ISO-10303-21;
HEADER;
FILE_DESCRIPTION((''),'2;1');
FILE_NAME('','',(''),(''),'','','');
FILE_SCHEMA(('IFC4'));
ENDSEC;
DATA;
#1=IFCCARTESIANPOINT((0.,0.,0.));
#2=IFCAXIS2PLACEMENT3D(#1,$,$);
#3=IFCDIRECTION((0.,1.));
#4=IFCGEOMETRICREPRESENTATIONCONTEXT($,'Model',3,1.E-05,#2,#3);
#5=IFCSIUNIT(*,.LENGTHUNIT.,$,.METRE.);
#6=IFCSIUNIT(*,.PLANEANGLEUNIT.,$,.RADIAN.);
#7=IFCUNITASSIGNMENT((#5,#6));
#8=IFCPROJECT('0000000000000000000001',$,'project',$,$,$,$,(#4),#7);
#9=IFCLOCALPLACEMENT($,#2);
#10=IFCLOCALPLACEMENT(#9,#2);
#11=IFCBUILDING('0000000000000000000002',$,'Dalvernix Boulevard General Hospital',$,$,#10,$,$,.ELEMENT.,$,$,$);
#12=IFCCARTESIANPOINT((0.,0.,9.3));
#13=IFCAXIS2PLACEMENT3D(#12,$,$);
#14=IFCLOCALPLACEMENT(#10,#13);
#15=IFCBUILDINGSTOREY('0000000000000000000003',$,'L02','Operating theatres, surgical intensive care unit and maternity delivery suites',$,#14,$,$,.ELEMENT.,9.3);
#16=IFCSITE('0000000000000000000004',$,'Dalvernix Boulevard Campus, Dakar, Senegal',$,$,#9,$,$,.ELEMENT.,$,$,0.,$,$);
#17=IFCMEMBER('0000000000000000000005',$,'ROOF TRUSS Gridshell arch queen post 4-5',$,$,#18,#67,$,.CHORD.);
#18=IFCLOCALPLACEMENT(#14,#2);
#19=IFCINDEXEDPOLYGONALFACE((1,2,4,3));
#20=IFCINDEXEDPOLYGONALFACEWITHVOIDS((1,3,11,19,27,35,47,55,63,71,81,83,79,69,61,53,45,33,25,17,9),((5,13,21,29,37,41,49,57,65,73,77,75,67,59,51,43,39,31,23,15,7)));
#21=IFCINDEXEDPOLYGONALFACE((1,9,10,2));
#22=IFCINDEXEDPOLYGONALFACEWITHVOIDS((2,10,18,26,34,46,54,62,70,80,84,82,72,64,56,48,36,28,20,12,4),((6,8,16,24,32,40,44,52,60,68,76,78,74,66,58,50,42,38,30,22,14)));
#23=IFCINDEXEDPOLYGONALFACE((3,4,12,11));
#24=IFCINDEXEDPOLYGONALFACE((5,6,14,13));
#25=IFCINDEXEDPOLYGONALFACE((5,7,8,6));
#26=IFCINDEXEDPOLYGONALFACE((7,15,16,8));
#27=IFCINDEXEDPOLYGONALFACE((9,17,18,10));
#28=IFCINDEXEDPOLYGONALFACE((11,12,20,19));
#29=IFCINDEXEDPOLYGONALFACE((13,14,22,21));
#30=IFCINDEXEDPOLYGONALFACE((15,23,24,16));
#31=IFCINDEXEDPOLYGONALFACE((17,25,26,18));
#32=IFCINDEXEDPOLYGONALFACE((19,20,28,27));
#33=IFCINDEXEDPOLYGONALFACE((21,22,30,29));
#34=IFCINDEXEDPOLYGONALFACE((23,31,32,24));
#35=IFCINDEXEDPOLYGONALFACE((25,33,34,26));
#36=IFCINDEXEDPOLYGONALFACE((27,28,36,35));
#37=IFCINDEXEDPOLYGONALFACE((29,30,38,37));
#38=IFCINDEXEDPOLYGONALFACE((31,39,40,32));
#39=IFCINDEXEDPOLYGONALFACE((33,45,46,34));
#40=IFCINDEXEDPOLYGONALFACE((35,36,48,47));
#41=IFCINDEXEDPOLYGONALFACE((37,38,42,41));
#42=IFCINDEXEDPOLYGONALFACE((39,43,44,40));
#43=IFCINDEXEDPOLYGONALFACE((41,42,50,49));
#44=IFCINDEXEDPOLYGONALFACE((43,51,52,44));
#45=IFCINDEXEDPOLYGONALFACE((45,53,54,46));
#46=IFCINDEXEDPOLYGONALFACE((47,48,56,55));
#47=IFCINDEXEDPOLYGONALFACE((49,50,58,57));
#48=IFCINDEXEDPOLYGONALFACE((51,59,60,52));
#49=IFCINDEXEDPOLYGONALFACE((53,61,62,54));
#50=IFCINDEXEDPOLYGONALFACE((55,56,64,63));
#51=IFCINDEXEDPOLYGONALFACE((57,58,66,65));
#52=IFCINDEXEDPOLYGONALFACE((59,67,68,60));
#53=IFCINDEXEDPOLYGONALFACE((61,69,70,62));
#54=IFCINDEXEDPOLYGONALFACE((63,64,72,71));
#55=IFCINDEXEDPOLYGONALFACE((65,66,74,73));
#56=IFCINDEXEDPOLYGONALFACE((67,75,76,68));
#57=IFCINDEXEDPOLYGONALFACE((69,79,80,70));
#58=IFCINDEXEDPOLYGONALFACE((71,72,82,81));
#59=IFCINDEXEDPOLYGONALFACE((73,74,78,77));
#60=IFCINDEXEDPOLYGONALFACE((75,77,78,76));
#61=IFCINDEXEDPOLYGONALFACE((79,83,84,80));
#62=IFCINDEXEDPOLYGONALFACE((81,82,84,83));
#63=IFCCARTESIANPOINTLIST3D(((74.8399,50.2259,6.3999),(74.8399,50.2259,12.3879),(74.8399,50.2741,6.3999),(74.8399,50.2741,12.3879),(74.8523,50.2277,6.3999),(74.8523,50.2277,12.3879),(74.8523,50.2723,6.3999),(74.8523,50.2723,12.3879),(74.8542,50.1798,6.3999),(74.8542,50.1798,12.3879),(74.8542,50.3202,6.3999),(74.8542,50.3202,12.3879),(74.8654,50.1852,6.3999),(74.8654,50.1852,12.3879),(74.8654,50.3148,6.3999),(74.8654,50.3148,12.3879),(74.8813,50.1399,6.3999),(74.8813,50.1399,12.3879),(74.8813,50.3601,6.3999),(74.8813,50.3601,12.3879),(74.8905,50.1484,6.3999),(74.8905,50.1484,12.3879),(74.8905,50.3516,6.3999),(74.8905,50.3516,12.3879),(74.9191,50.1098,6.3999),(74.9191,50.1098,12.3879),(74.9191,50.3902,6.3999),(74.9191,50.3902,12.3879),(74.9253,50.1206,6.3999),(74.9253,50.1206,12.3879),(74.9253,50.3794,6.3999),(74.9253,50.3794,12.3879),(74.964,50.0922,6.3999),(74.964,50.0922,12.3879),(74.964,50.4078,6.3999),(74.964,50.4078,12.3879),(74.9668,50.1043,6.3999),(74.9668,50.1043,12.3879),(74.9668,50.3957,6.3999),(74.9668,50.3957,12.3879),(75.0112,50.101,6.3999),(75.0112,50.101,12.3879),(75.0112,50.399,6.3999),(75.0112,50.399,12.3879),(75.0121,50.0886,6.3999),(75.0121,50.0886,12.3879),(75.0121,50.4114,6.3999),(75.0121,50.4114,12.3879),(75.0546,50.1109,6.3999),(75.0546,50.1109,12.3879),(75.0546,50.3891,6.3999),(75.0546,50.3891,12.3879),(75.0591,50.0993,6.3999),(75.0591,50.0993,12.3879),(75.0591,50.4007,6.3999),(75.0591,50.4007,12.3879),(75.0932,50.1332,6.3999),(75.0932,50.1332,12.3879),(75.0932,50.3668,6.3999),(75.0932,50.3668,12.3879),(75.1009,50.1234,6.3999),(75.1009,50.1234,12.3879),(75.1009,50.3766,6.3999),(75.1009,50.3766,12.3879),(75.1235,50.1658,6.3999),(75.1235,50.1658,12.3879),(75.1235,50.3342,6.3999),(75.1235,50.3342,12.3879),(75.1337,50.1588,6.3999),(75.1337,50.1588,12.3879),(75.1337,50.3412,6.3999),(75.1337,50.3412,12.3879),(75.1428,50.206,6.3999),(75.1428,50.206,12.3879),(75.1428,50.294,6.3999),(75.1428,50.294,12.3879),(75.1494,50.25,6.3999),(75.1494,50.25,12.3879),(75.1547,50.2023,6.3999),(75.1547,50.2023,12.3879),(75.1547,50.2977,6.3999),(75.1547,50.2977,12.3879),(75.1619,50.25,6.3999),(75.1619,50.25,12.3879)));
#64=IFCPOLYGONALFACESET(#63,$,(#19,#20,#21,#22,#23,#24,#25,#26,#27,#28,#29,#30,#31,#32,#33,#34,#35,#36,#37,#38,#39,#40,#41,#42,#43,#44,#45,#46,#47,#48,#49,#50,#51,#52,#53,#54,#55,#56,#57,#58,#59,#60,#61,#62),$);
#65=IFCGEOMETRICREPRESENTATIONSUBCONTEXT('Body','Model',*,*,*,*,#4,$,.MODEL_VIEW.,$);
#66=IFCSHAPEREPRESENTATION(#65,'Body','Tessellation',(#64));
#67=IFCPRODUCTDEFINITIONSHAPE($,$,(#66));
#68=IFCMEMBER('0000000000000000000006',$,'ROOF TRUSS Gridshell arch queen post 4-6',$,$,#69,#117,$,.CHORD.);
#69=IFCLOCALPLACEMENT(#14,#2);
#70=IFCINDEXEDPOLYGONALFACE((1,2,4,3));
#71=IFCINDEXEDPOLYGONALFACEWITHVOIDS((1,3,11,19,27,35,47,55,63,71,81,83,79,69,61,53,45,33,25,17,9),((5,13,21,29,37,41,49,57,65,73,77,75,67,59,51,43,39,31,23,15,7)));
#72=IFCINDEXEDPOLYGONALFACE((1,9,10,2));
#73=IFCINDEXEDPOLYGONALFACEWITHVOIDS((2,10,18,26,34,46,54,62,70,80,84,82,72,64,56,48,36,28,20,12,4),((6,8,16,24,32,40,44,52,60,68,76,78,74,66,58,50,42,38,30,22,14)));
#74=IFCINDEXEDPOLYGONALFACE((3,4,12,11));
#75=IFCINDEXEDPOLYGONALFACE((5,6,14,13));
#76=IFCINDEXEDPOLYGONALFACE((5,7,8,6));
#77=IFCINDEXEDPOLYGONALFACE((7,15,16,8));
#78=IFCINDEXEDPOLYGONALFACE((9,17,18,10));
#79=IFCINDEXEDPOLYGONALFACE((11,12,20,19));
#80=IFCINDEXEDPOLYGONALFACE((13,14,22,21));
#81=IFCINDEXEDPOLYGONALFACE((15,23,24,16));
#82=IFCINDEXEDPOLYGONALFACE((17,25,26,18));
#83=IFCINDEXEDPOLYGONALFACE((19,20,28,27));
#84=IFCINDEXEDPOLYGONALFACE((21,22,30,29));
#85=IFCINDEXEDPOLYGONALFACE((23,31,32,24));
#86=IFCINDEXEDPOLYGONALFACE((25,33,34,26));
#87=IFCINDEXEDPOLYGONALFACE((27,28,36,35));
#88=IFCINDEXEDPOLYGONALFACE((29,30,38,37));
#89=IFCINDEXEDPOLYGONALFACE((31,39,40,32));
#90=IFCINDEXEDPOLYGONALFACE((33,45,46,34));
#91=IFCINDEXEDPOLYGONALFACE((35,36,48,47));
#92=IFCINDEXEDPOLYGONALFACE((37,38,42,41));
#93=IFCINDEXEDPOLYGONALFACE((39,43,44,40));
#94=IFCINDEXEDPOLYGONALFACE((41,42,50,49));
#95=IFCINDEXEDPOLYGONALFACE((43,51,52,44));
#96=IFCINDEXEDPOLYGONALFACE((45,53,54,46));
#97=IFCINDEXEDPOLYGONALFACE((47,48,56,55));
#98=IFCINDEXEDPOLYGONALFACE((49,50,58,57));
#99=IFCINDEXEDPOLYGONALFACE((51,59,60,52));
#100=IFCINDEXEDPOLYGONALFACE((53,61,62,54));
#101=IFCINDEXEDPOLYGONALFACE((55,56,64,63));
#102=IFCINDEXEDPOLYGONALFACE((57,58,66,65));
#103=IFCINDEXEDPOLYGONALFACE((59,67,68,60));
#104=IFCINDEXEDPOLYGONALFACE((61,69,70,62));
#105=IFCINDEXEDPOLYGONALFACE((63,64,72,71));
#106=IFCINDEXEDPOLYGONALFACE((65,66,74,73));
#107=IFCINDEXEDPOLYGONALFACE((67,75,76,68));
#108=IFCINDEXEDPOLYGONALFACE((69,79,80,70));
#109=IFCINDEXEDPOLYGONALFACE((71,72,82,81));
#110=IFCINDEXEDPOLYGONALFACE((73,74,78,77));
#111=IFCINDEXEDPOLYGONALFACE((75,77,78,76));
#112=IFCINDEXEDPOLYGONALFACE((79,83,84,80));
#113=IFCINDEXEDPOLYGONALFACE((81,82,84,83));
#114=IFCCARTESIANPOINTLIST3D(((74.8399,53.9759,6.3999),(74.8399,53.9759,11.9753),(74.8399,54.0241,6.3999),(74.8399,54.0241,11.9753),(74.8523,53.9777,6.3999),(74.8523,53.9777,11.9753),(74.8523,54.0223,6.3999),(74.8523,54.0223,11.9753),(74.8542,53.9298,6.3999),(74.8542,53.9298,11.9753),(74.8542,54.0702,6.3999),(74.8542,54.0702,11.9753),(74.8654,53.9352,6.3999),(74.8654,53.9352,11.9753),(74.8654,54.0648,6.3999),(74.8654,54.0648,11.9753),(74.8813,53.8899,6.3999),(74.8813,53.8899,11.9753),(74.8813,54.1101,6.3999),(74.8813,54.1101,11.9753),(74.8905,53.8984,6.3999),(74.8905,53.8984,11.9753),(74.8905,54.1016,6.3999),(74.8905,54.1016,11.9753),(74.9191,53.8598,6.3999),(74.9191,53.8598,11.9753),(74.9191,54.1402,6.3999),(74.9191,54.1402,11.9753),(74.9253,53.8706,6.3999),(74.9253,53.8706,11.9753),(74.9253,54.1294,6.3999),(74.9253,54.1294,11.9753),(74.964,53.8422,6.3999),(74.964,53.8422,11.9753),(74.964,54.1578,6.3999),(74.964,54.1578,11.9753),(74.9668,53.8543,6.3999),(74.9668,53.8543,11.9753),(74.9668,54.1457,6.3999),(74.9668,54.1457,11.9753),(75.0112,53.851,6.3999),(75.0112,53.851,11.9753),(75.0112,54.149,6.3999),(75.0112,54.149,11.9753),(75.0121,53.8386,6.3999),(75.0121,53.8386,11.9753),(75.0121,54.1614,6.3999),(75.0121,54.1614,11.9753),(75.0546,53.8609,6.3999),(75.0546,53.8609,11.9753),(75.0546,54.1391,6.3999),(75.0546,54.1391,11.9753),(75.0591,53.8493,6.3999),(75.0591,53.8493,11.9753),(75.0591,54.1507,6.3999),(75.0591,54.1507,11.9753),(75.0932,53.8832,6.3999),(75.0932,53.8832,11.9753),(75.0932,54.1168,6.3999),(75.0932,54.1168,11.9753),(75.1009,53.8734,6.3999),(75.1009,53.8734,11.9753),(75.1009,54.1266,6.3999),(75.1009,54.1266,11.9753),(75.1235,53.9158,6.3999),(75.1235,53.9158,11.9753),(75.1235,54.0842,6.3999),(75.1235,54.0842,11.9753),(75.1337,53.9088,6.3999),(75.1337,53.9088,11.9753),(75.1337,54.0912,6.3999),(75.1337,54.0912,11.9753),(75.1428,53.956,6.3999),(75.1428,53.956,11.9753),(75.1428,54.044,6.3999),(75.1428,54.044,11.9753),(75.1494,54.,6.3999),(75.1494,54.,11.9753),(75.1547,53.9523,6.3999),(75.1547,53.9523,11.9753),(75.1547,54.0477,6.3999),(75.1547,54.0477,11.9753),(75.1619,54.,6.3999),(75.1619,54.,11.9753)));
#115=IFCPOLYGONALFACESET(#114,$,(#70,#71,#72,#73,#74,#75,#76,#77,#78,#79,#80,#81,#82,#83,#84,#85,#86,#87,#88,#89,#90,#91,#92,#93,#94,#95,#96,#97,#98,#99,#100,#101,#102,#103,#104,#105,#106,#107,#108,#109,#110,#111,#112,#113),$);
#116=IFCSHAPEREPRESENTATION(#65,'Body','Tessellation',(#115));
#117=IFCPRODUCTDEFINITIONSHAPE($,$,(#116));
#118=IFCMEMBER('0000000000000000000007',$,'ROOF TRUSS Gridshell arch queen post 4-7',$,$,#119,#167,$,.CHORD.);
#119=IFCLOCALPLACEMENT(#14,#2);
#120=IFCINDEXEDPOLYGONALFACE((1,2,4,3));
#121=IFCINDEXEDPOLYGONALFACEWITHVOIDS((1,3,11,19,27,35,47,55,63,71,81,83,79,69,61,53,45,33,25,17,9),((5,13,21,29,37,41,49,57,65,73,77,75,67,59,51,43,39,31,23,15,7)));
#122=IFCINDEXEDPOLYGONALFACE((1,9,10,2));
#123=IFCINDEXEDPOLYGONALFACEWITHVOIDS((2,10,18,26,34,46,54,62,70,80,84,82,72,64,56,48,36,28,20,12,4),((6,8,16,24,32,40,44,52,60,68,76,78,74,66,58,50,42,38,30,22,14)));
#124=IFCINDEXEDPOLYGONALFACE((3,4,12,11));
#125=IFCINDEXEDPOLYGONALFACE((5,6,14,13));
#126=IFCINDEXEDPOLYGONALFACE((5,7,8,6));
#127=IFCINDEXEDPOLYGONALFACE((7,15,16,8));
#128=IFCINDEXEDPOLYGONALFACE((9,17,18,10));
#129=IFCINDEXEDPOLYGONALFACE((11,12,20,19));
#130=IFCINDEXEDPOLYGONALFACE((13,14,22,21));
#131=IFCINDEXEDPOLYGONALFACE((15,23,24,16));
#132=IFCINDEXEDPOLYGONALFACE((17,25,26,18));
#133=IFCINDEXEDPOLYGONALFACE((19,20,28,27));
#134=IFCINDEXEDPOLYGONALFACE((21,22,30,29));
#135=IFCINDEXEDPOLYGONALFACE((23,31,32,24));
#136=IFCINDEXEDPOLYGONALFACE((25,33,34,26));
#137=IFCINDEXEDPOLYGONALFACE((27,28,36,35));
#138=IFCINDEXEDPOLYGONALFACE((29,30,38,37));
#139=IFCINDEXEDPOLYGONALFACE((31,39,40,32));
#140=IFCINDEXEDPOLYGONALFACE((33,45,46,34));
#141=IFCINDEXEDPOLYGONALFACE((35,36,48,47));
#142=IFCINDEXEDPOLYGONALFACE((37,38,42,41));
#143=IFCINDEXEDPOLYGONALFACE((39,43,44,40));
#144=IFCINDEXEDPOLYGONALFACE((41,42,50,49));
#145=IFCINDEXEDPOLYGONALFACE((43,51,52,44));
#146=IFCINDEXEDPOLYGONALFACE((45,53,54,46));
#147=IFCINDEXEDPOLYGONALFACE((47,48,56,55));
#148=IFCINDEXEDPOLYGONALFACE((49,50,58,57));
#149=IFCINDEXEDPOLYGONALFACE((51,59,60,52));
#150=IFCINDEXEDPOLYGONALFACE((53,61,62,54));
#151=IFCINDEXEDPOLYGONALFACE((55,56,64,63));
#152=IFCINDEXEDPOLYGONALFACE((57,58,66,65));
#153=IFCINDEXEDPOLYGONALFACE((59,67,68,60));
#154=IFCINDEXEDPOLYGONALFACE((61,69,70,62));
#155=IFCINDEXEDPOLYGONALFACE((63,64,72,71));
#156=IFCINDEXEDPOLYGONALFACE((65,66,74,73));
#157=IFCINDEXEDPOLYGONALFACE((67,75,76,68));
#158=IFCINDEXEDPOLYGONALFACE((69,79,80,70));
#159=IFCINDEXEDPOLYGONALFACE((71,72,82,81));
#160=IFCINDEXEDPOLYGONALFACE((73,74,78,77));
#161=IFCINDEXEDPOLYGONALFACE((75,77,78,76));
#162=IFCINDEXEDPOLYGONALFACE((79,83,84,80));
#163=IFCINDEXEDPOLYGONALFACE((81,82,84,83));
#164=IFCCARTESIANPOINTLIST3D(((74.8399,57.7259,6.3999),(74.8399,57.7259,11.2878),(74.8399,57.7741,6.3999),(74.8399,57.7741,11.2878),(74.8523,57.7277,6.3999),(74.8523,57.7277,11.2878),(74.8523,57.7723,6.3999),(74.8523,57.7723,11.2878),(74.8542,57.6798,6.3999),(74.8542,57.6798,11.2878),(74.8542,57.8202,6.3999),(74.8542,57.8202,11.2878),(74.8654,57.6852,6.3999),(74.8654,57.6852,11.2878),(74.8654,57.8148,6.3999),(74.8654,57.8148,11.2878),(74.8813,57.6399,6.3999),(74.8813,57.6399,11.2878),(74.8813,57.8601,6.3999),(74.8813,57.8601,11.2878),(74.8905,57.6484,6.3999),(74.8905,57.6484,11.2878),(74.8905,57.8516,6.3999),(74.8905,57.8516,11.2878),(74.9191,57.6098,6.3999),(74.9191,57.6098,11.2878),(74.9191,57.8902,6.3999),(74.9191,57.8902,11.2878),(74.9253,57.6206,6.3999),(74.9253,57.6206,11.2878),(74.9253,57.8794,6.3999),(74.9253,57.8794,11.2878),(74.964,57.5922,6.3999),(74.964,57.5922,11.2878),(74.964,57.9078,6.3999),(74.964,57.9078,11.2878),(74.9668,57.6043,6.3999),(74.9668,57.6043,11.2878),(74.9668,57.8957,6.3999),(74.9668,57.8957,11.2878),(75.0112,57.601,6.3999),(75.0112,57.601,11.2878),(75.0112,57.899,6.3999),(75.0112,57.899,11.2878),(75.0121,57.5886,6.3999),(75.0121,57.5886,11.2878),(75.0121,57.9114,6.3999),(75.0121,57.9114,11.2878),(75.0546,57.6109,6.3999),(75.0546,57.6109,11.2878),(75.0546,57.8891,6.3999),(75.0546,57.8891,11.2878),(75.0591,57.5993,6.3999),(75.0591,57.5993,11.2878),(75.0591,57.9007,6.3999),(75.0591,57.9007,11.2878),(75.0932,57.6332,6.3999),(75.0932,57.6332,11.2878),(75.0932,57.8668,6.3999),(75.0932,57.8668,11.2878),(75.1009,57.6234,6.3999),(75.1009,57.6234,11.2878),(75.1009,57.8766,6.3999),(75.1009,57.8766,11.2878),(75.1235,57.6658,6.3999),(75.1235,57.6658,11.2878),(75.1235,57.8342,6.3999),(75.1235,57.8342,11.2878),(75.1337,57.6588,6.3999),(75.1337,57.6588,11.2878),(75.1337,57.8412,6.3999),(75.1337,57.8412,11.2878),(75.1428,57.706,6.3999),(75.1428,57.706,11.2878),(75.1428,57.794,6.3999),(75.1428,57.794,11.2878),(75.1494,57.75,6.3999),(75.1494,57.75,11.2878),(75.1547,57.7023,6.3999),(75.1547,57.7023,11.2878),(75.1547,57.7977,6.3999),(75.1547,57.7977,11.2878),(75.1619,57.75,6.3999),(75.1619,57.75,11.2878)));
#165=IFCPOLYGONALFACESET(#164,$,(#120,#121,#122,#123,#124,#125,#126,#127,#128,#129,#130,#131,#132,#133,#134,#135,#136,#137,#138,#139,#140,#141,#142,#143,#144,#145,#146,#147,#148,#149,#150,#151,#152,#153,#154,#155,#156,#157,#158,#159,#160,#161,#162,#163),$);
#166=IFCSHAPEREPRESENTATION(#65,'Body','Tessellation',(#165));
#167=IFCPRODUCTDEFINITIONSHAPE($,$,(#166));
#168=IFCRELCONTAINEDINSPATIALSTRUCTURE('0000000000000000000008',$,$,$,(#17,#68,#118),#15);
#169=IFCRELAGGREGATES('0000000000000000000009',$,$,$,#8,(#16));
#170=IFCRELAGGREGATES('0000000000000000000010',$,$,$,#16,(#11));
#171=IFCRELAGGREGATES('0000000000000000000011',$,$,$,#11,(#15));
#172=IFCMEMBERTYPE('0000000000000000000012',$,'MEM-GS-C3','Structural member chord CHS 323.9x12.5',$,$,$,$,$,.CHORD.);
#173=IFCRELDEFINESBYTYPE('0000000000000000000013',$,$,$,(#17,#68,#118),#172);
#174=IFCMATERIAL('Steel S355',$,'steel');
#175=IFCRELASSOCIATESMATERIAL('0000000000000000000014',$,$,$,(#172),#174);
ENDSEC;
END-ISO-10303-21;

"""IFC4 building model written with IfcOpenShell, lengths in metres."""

from ifc_helpers import new_model, si_unit, direction, frame, origin, origin_2d, place, context, subcontext, project, spatial, hollow_circle, extrude, material, material_profile, profile_set, type_object, element, save


model = new_model("IFC4")

# Units and contexts
model_context = context("Model", 3, precision=1e-05, world=origin(), true_north=direction((0.0, 1.0)))
body_context = subcontext(model_context, "Body", "Model", "MODEL_VIEW")
ifc_project = project(units=[si_unit("LENGTHUNIT", "METRE"), si_unit("PLANEANGLEUNIT", "RADIAN")], contexts=[model_context])

# Site, building, storey
site_placement = place(None, origin())
site = spatial("IfcSite", under=ifc_project, at=site_placement, Name="Dalvernix Boulevard Campus, Dakar, Senegal", CompositionType="ELEMENT", RefElevation=0.0)
building_placement = place(site_placement, origin())
building = spatial("IfcBuilding", under=site, at=building_placement, Name="Dalvernix Boulevard General Hospital", CompositionType="ELEMENT")
storey_placement = place(building_placement, frame((0.0, 0.0, 9.3)))
storey = spatial("IfcBuildingStorey", under=building, at=storey_placement, Name="L02", Description="Operating theatres, surgical intensive care unit and maternity delivery suites", CompositionType="ELEMENT", Elevation=9.3)

# Shared definitions
ifc_material_1 = material(Name="Steel S355", Category="steel")

# Members
ifc_material_profile_1 = material_profile(ifc_material_1, hollow_circle(Radius=0.1619, WallThickness=0.0125, at=origin_2d()), Name="CHS 323.9x12.5")
ifc_profile_set_1 = profile_set([ifc_material_profile_1], Name="Steel S355")
member_type_1 = type_object("IfcMemberType", Name="MEM-GS-C3", Description="Structural member chord CHS 323.9x12.5", PredefinedType="CHORD", material=ifc_profile_set_1)
member_1_placement = place(storey_placement, frame((75.0, 50.25, 6.3999), z_axis=(0.0, 0.0, 1.0), x_axis=(1.0, 0.0, 0.0)))
element("IfcMember", 1, at=member_1_placement, inside=storey, type_object=member_type_1, Name="ROOF TRUSS Gridshell arch queen post 4-5", PredefinedType="CHORD", context=body_context, shape_type="SweptSolid", body=[
    extrude(hollow_circle(Radius=0.1619, WallThickness=0.0125, at=origin_2d()), origin(), (0.0, 0.0, 1.0), 5.988),
])
member_2_placement = place(storey_placement, frame((75.0, 54.0, 6.3999), z_axis=(0.0, 0.0, 1.0), x_axis=(1.0, 0.0, 0.0)))
element("IfcMember", 2, at=member_2_placement, inside=storey, type_object=member_type_1, Name="ROOF TRUSS Gridshell arch queen post 4-6", PredefinedType="CHORD", context=body_context, shape_type="SweptSolid", body=[
    extrude(hollow_circle(Radius=0.1619, WallThickness=0.0125, at=origin_2d()), origin(), (0.0, 0.0, 1.0), 5.5754),
])
member_3_placement = place(storey_placement, frame((75.0, 57.75, 6.3999), z_axis=(0.0, 0.0, 1.0), x_axis=(1.0, 0.0, 0.0)))
element("IfcMember", 3, at=member_3_placement, inside=storey, type_object=member_type_1, Name="ROOF TRUSS Gridshell arch queen post 4-7", PredefinedType="CHORD", context=body_context, shape_type="SweptSolid", body=[
    extrude(hollow_circle(Radius=0.1619, WallThickness=0.0125, at=origin_2d()), origin(), (0.0, 0.0, 1.0), 4.8879),
])

save(model, "model.ifc")
